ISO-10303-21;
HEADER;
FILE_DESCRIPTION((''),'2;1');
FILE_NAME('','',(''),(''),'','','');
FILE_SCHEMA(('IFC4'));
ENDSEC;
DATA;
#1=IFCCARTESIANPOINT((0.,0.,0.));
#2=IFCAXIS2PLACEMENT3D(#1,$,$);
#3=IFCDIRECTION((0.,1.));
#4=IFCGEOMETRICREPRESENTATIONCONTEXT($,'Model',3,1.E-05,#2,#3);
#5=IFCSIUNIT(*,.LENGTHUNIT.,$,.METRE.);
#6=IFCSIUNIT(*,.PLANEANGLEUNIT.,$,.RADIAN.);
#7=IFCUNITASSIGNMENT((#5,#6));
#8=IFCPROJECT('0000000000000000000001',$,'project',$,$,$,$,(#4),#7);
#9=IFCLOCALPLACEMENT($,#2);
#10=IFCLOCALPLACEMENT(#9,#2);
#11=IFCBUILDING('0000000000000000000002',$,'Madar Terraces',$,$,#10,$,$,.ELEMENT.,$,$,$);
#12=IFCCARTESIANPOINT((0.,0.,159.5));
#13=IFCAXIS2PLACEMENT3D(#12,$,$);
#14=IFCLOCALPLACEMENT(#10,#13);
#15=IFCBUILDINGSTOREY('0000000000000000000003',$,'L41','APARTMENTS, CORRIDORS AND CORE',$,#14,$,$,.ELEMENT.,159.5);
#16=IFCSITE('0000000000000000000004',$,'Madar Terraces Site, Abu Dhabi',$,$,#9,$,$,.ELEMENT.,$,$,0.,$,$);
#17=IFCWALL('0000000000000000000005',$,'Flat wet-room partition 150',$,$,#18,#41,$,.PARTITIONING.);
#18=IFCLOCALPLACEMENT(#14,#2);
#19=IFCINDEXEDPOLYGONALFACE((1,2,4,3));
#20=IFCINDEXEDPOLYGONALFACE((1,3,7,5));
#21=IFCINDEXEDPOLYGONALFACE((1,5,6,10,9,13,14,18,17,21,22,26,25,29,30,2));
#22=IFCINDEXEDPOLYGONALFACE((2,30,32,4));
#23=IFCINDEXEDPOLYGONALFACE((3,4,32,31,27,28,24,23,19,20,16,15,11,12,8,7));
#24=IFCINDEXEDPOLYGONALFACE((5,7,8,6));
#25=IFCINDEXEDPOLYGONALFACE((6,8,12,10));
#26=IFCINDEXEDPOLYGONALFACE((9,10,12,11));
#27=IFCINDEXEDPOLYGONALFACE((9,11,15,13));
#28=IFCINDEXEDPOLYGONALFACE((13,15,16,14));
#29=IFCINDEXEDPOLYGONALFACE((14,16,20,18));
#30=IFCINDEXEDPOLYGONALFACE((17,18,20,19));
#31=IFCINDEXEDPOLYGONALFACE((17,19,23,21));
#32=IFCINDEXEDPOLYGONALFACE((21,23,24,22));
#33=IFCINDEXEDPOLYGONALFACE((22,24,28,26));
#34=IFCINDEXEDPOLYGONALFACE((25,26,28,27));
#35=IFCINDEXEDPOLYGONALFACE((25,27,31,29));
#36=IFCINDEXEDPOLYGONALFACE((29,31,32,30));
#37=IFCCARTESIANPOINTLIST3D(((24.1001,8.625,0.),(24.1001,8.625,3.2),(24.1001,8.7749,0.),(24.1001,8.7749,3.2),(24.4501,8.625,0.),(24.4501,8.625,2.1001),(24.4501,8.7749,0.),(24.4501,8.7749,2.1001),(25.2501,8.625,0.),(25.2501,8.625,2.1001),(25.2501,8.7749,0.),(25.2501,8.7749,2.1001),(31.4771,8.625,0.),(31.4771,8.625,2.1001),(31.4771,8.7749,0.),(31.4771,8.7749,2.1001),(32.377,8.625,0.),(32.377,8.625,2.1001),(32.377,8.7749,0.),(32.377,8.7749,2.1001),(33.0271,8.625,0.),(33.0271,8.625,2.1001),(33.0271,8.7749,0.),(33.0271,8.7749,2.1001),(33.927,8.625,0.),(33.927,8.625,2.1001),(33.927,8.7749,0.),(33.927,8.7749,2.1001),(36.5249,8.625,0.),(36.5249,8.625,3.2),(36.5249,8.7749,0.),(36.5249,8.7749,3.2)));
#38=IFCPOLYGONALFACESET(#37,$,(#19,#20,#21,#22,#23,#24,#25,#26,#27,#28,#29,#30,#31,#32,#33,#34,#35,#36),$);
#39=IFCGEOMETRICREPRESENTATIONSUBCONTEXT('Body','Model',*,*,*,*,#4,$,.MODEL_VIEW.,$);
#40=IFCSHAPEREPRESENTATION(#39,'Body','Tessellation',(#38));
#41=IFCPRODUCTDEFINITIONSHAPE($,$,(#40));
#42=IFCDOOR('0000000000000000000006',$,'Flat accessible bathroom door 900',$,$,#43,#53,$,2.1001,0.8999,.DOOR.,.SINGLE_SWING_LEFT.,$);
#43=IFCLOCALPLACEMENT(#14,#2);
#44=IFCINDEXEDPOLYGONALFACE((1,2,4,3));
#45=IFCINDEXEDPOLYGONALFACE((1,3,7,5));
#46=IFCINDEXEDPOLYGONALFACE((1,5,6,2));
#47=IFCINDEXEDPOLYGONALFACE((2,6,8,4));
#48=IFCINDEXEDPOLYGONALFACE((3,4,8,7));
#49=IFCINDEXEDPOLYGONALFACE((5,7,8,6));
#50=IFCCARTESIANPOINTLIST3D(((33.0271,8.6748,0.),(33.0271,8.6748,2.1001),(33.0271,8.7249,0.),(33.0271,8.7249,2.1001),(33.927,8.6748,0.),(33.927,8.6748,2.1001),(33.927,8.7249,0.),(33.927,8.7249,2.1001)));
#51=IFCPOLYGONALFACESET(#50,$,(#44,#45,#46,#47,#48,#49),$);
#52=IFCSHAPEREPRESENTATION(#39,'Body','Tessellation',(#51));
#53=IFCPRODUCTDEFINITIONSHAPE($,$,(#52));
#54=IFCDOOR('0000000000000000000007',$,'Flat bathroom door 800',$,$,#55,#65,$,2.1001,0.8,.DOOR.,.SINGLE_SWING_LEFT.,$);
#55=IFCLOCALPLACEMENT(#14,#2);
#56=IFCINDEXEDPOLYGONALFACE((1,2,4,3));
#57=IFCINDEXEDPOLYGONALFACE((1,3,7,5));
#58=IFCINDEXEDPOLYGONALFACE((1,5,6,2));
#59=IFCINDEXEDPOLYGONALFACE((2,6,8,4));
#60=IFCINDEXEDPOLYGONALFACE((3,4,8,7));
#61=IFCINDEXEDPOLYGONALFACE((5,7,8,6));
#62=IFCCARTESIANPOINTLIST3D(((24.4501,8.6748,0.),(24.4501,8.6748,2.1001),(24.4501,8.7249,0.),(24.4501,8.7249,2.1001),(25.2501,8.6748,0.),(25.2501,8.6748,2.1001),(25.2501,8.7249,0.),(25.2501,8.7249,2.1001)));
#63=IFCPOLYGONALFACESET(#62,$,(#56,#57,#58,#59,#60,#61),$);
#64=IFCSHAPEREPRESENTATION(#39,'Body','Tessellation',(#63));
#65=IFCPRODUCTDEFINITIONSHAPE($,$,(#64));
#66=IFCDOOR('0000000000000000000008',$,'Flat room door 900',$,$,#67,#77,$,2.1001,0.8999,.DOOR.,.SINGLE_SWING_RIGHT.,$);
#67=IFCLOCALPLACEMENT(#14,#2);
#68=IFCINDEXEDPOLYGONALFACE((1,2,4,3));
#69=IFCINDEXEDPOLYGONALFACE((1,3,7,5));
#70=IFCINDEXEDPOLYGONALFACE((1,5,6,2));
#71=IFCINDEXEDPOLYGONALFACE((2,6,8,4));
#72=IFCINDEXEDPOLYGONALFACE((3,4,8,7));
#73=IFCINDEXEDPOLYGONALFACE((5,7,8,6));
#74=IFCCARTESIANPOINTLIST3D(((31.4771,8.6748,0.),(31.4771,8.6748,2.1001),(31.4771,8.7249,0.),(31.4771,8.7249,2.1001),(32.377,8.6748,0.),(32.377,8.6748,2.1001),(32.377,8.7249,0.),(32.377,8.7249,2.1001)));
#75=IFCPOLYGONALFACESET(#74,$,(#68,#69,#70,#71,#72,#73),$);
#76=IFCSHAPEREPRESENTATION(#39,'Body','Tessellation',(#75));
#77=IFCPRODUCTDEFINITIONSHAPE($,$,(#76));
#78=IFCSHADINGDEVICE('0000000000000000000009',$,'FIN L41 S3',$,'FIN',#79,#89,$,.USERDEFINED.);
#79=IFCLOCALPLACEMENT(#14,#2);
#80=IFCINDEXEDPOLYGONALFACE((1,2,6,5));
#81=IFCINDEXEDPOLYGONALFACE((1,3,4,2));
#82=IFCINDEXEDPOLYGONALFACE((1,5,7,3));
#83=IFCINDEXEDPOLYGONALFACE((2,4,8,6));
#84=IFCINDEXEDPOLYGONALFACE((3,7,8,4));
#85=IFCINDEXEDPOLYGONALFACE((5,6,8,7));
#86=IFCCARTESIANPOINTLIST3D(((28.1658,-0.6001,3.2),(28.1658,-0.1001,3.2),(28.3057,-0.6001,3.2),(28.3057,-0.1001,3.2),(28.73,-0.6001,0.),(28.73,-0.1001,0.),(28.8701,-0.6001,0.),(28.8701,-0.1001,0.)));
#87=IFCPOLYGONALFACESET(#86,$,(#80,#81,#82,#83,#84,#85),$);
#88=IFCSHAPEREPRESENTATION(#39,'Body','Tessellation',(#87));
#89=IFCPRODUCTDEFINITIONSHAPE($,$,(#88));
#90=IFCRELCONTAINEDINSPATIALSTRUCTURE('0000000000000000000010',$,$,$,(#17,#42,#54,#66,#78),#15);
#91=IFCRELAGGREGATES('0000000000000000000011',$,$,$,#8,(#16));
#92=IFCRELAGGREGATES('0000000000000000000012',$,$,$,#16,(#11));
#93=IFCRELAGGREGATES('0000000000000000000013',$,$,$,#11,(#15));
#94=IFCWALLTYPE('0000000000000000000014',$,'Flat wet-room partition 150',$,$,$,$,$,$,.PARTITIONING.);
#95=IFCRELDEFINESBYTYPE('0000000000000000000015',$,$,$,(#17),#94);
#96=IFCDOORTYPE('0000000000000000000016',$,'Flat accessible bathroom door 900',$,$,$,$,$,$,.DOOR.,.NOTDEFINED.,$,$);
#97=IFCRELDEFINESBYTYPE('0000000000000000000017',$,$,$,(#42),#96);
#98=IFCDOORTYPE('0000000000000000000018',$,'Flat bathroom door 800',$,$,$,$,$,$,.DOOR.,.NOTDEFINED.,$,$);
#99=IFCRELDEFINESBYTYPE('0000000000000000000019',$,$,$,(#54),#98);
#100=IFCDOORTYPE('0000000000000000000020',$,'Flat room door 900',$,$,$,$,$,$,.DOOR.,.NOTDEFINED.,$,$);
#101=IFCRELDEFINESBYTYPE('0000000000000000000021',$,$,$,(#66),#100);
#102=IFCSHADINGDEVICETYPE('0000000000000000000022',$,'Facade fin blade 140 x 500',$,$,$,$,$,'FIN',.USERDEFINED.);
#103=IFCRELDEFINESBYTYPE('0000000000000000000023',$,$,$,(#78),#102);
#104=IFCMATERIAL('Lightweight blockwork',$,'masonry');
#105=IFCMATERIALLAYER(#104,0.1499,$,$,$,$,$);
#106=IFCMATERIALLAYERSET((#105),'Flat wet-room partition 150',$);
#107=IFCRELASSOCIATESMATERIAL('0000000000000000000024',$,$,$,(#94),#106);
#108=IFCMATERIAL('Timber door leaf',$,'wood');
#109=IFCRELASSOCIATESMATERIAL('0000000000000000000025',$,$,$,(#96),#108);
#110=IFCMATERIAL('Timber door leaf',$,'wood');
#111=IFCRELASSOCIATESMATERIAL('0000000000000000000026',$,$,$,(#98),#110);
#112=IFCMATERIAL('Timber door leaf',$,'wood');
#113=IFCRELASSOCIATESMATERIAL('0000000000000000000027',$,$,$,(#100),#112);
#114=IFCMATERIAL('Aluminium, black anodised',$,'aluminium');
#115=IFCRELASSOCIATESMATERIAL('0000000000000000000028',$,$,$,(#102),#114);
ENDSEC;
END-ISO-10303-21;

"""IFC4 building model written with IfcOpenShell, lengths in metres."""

from ifc_helpers import new_model, si_unit, direction, frame, frame_2d, origin, place, context, subcontext, project, spatial, polyline, rectangle, outline, extrude, material, layer, layer_set, type_object, element, fill, save


model = new_model("IFC4")

# Units and contexts
model_context = context("Model", 3, precision=1e-05, world=origin(), true_north=direction((0.0, 1.0)))
body_context = subcontext(model_context, "Body", "Model", "MODEL_VIEW")
ifc_project = project(units=[si_unit("LENGTHUNIT", "METRE"), si_unit("PLANEANGLEUNIT", "RADIAN")], contexts=[model_context])

# Site, building, storey
site_placement = place(None, origin())
site = spatial("IfcSite", under=ifc_project, at=site_placement, Name="Madar Terraces Site, Abu Dhabi", CompositionType="ELEMENT", RefElevation=0.0)
building_placement = place(site_placement, origin())
building = spatial("IfcBuilding", under=site, at=building_placement, Name="Madar Terraces", CompositionType="ELEMENT")
storey_placement = place(building_placement, frame((0.0, 0.0, 159.5)))
storey = spatial("IfcBuildingStorey", under=building, at=storey_placement, Name="L41", Description="APARTMENTS, CORRIDORS AND CORE", CompositionType="ELEMENT", Elevation=159.5)

# Wall, openings, doors
ifc_material_1 = material(Name="Lightweight blockwork", Category="masonry")
ifc_layer_1 = layer(ifc_material_1, 0.1499)
ifc_layer_set_1 = layer_set([ifc_layer_1], Name="Flat wet-room partition 150")
wall_type_1 = type_object("IfcWallType", Name="Flat wet-room partition 150", PredefinedType="PARTITIONING", material=ifc_layer_set_1)
wall_1_placement = place(storey_placement, frame((24.1001, 8.7, 0.0), z_axis=(0.0, 0.0, 1.0), x_axis=(1.0, 0.0, 0.0)))
wall_1 = element("IfcWall", 1, at=wall_1_placement, inside=storey, type_object=wall_type_1, Name="Flat wet-room partition 150", PredefinedType="PARTITIONING", context=body_context, shape_type="SweptSolid", body=[
    extrude(rectangle(XDim=12.4248, YDim=0.1499, at=frame_2d((6.2124, 0.0))), origin(), (0.0, 0.0, 1.0), 3.2),
])
opening_1_placement = place(wall_1_placement, frame((8.927, 0.0, 0.0)))
opening_1 = element("IfcOpeningElement", 2, at=opening_1_placement, cuts=wall_1, PredefinedType="OPENING", context=body_context, shape_type="SweptSolid", body=[
    extrude(rectangle(XDim=0.8999, YDim=2.1001, at=frame_2d((0.45, 1.05))), frame((0.0, 0.085, 0.0), z_axis=(0.0, -1.0, 0.0), x_axis=(1.0, 0.0, 0.0)), (0.0, 0.0, 1.0), 0.1699),
])
opening_2_placement = place(wall_1_placement, frame((7.377, 0.0, 0.0)))
opening_2 = element("IfcOpeningElement", 3, at=opening_2_placement, cuts=wall_1, PredefinedType="OPENING", context=body_context, shape_type="SweptSolid", body=[
    extrude(rectangle(XDim=0.8999, YDim=2.1001, at=frame_2d((0.45, 1.05))), frame((0.0, 0.085, 0.0), z_axis=(0.0, -1.0, 0.0), x_axis=(1.0, 0.0, 0.0)), (0.0, 0.0, 1.0), 0.1699),
])
opening_3_placement = place(wall_1_placement, frame((0.3501, 0.0, 0.0)))
opening_3 = element("IfcOpeningElement", 4, at=opening_3_placement, cuts=wall_1, PredefinedType="OPENING", context=body_context, shape_type="SweptSolid", body=[
    extrude(rectangle(XDim=0.8, YDim=2.1001, at=frame_2d((0.3999, 1.05))), frame((0.0, 0.085, 0.0), z_axis=(0.0, -1.0, 0.0), x_axis=(1.0, 0.0, 0.0)), (0.0, 0.0, 1.0), 0.1699),
])
ifc_material_2 = material(Name="Timber door leaf", Category="wood")
door_type_1 = type_object("IfcDoorType", Name="Flat accessible bathroom door 900", OperationType="NOTDEFINED", PredefinedType="DOOR", material=ifc_material_2)
door_1_placement = place(opening_1_placement, origin())
door_1 = element("IfcDoor", 5, at=door_1_placement, inside=storey, type_object=door_type_1, Name="Flat accessible bathroom door 900", OperationType="SINGLE_SWING_LEFT", OverallHeight=2.1001, OverallWidth=0.8999, PredefinedType="DOOR", context=body_context, shape_type="SweptSolid", body=[
    extrude(rectangle(XDim=0.8999, YDim=2.1001, at=frame_2d((0.45, 1.05))), frame((0.0, 0.0249, 0.0), z_axis=(0.0, -1.0, 0.0), x_axis=(1.0, 0.0, 0.0)), (0.0, 0.0, 1.0), 0.05),
])
fill(opening_1, door_1)
ifc_material_3 = material(Name="Timber door leaf", Category="wood")
door_type_2 = type_object("IfcDoorType", Name="Flat bathroom door 800", OperationType="NOTDEFINED", PredefinedType="DOOR", material=ifc_material_3)
door_2_placement = place(opening_3_placement, origin())
door_2 = element("IfcDoor", 6, at=door_2_placement, inside=storey, type_object=door_type_2, Name="Flat bathroom door 800", OperationType="SINGLE_SWING_LEFT", OverallHeight=2.1001, OverallWidth=0.8, PredefinedType="DOOR", context=body_context, shape_type="SweptSolid", body=[
    extrude(rectangle(XDim=0.8, YDim=2.1001, at=frame_2d((0.3999, 1.05))), frame((0.0, 0.0249, 0.0), z_axis=(0.0, -1.0, 0.0), x_axis=(1.0, 0.0, 0.0)), (0.0, 0.0, 1.0), 0.05),
])
fill(opening_3, door_2)
ifc_material_4 = material(Name="Timber door leaf", Category="wood")
door_type_3 = type_object("IfcDoorType", Name="Flat room door 900", OperationType="NOTDEFINED", PredefinedType="DOOR", material=ifc_material_4)
door_3_placement = place(opening_2_placement, origin())
door_3 = element("IfcDoor", 7, at=door_3_placement, inside=storey, type_object=door_type_3, Name="Flat room door 900", OperationType="SINGLE_SWING_RIGHT", OverallHeight=2.1001, OverallWidth=0.8999, PredefinedType="DOOR", context=body_context, shape_type="SweptSolid", body=[
    extrude(rectangle(XDim=0.8999, YDim=2.1001, at=frame_2d((0.45, 1.05))), frame((0.0, 0.0249, 0.0), z_axis=(0.0, -1.0, 0.0), x_axis=(1.0, 0.0, 0.0)), (0.0, 0.0, 1.0), 0.05),
])
fill(opening_2, door_3)

# Shading device
ifc_material_5 = material(Name="Aluminium, black anodised", Category="aluminium")
shading_device_type = type_object("IfcShadingDeviceType", Name="Facade fin blade 140 x 500", ElementType="FIN", PredefinedType="USERDEFINED", material=ifc_material_5)
shading_device_placement = place(storey_placement, frame((28.73, -0.3501, 0.0), z_axis=(0.0, 0.0, 1.0), x_axis=(1.0, 0.0, 0.0)))
element("IfcShadingDevice", 8, at=shading_device_placement, inside=storey, type_object=shading_device_type, Name="FIN L41 S3", ObjectType="FIN", PredefinedType="USERDEFINED", context=body_context, shape_type="SweptSolid", body=[
    extrude(outline(polyline([(0.0, 0.0), (0.1401, 0.0), (-0.4243, 3.2), (-0.5642, 3.2), (0.0, 0.0)])), frame((0.0, 0.25, 0.0), z_axis=(0.0, -1.0, 0.0), x_axis=(1.0, 0.0, 0.0)), (0.0, 0.0, 1.0), 0.5),
])

save(model, "model.ifc")
